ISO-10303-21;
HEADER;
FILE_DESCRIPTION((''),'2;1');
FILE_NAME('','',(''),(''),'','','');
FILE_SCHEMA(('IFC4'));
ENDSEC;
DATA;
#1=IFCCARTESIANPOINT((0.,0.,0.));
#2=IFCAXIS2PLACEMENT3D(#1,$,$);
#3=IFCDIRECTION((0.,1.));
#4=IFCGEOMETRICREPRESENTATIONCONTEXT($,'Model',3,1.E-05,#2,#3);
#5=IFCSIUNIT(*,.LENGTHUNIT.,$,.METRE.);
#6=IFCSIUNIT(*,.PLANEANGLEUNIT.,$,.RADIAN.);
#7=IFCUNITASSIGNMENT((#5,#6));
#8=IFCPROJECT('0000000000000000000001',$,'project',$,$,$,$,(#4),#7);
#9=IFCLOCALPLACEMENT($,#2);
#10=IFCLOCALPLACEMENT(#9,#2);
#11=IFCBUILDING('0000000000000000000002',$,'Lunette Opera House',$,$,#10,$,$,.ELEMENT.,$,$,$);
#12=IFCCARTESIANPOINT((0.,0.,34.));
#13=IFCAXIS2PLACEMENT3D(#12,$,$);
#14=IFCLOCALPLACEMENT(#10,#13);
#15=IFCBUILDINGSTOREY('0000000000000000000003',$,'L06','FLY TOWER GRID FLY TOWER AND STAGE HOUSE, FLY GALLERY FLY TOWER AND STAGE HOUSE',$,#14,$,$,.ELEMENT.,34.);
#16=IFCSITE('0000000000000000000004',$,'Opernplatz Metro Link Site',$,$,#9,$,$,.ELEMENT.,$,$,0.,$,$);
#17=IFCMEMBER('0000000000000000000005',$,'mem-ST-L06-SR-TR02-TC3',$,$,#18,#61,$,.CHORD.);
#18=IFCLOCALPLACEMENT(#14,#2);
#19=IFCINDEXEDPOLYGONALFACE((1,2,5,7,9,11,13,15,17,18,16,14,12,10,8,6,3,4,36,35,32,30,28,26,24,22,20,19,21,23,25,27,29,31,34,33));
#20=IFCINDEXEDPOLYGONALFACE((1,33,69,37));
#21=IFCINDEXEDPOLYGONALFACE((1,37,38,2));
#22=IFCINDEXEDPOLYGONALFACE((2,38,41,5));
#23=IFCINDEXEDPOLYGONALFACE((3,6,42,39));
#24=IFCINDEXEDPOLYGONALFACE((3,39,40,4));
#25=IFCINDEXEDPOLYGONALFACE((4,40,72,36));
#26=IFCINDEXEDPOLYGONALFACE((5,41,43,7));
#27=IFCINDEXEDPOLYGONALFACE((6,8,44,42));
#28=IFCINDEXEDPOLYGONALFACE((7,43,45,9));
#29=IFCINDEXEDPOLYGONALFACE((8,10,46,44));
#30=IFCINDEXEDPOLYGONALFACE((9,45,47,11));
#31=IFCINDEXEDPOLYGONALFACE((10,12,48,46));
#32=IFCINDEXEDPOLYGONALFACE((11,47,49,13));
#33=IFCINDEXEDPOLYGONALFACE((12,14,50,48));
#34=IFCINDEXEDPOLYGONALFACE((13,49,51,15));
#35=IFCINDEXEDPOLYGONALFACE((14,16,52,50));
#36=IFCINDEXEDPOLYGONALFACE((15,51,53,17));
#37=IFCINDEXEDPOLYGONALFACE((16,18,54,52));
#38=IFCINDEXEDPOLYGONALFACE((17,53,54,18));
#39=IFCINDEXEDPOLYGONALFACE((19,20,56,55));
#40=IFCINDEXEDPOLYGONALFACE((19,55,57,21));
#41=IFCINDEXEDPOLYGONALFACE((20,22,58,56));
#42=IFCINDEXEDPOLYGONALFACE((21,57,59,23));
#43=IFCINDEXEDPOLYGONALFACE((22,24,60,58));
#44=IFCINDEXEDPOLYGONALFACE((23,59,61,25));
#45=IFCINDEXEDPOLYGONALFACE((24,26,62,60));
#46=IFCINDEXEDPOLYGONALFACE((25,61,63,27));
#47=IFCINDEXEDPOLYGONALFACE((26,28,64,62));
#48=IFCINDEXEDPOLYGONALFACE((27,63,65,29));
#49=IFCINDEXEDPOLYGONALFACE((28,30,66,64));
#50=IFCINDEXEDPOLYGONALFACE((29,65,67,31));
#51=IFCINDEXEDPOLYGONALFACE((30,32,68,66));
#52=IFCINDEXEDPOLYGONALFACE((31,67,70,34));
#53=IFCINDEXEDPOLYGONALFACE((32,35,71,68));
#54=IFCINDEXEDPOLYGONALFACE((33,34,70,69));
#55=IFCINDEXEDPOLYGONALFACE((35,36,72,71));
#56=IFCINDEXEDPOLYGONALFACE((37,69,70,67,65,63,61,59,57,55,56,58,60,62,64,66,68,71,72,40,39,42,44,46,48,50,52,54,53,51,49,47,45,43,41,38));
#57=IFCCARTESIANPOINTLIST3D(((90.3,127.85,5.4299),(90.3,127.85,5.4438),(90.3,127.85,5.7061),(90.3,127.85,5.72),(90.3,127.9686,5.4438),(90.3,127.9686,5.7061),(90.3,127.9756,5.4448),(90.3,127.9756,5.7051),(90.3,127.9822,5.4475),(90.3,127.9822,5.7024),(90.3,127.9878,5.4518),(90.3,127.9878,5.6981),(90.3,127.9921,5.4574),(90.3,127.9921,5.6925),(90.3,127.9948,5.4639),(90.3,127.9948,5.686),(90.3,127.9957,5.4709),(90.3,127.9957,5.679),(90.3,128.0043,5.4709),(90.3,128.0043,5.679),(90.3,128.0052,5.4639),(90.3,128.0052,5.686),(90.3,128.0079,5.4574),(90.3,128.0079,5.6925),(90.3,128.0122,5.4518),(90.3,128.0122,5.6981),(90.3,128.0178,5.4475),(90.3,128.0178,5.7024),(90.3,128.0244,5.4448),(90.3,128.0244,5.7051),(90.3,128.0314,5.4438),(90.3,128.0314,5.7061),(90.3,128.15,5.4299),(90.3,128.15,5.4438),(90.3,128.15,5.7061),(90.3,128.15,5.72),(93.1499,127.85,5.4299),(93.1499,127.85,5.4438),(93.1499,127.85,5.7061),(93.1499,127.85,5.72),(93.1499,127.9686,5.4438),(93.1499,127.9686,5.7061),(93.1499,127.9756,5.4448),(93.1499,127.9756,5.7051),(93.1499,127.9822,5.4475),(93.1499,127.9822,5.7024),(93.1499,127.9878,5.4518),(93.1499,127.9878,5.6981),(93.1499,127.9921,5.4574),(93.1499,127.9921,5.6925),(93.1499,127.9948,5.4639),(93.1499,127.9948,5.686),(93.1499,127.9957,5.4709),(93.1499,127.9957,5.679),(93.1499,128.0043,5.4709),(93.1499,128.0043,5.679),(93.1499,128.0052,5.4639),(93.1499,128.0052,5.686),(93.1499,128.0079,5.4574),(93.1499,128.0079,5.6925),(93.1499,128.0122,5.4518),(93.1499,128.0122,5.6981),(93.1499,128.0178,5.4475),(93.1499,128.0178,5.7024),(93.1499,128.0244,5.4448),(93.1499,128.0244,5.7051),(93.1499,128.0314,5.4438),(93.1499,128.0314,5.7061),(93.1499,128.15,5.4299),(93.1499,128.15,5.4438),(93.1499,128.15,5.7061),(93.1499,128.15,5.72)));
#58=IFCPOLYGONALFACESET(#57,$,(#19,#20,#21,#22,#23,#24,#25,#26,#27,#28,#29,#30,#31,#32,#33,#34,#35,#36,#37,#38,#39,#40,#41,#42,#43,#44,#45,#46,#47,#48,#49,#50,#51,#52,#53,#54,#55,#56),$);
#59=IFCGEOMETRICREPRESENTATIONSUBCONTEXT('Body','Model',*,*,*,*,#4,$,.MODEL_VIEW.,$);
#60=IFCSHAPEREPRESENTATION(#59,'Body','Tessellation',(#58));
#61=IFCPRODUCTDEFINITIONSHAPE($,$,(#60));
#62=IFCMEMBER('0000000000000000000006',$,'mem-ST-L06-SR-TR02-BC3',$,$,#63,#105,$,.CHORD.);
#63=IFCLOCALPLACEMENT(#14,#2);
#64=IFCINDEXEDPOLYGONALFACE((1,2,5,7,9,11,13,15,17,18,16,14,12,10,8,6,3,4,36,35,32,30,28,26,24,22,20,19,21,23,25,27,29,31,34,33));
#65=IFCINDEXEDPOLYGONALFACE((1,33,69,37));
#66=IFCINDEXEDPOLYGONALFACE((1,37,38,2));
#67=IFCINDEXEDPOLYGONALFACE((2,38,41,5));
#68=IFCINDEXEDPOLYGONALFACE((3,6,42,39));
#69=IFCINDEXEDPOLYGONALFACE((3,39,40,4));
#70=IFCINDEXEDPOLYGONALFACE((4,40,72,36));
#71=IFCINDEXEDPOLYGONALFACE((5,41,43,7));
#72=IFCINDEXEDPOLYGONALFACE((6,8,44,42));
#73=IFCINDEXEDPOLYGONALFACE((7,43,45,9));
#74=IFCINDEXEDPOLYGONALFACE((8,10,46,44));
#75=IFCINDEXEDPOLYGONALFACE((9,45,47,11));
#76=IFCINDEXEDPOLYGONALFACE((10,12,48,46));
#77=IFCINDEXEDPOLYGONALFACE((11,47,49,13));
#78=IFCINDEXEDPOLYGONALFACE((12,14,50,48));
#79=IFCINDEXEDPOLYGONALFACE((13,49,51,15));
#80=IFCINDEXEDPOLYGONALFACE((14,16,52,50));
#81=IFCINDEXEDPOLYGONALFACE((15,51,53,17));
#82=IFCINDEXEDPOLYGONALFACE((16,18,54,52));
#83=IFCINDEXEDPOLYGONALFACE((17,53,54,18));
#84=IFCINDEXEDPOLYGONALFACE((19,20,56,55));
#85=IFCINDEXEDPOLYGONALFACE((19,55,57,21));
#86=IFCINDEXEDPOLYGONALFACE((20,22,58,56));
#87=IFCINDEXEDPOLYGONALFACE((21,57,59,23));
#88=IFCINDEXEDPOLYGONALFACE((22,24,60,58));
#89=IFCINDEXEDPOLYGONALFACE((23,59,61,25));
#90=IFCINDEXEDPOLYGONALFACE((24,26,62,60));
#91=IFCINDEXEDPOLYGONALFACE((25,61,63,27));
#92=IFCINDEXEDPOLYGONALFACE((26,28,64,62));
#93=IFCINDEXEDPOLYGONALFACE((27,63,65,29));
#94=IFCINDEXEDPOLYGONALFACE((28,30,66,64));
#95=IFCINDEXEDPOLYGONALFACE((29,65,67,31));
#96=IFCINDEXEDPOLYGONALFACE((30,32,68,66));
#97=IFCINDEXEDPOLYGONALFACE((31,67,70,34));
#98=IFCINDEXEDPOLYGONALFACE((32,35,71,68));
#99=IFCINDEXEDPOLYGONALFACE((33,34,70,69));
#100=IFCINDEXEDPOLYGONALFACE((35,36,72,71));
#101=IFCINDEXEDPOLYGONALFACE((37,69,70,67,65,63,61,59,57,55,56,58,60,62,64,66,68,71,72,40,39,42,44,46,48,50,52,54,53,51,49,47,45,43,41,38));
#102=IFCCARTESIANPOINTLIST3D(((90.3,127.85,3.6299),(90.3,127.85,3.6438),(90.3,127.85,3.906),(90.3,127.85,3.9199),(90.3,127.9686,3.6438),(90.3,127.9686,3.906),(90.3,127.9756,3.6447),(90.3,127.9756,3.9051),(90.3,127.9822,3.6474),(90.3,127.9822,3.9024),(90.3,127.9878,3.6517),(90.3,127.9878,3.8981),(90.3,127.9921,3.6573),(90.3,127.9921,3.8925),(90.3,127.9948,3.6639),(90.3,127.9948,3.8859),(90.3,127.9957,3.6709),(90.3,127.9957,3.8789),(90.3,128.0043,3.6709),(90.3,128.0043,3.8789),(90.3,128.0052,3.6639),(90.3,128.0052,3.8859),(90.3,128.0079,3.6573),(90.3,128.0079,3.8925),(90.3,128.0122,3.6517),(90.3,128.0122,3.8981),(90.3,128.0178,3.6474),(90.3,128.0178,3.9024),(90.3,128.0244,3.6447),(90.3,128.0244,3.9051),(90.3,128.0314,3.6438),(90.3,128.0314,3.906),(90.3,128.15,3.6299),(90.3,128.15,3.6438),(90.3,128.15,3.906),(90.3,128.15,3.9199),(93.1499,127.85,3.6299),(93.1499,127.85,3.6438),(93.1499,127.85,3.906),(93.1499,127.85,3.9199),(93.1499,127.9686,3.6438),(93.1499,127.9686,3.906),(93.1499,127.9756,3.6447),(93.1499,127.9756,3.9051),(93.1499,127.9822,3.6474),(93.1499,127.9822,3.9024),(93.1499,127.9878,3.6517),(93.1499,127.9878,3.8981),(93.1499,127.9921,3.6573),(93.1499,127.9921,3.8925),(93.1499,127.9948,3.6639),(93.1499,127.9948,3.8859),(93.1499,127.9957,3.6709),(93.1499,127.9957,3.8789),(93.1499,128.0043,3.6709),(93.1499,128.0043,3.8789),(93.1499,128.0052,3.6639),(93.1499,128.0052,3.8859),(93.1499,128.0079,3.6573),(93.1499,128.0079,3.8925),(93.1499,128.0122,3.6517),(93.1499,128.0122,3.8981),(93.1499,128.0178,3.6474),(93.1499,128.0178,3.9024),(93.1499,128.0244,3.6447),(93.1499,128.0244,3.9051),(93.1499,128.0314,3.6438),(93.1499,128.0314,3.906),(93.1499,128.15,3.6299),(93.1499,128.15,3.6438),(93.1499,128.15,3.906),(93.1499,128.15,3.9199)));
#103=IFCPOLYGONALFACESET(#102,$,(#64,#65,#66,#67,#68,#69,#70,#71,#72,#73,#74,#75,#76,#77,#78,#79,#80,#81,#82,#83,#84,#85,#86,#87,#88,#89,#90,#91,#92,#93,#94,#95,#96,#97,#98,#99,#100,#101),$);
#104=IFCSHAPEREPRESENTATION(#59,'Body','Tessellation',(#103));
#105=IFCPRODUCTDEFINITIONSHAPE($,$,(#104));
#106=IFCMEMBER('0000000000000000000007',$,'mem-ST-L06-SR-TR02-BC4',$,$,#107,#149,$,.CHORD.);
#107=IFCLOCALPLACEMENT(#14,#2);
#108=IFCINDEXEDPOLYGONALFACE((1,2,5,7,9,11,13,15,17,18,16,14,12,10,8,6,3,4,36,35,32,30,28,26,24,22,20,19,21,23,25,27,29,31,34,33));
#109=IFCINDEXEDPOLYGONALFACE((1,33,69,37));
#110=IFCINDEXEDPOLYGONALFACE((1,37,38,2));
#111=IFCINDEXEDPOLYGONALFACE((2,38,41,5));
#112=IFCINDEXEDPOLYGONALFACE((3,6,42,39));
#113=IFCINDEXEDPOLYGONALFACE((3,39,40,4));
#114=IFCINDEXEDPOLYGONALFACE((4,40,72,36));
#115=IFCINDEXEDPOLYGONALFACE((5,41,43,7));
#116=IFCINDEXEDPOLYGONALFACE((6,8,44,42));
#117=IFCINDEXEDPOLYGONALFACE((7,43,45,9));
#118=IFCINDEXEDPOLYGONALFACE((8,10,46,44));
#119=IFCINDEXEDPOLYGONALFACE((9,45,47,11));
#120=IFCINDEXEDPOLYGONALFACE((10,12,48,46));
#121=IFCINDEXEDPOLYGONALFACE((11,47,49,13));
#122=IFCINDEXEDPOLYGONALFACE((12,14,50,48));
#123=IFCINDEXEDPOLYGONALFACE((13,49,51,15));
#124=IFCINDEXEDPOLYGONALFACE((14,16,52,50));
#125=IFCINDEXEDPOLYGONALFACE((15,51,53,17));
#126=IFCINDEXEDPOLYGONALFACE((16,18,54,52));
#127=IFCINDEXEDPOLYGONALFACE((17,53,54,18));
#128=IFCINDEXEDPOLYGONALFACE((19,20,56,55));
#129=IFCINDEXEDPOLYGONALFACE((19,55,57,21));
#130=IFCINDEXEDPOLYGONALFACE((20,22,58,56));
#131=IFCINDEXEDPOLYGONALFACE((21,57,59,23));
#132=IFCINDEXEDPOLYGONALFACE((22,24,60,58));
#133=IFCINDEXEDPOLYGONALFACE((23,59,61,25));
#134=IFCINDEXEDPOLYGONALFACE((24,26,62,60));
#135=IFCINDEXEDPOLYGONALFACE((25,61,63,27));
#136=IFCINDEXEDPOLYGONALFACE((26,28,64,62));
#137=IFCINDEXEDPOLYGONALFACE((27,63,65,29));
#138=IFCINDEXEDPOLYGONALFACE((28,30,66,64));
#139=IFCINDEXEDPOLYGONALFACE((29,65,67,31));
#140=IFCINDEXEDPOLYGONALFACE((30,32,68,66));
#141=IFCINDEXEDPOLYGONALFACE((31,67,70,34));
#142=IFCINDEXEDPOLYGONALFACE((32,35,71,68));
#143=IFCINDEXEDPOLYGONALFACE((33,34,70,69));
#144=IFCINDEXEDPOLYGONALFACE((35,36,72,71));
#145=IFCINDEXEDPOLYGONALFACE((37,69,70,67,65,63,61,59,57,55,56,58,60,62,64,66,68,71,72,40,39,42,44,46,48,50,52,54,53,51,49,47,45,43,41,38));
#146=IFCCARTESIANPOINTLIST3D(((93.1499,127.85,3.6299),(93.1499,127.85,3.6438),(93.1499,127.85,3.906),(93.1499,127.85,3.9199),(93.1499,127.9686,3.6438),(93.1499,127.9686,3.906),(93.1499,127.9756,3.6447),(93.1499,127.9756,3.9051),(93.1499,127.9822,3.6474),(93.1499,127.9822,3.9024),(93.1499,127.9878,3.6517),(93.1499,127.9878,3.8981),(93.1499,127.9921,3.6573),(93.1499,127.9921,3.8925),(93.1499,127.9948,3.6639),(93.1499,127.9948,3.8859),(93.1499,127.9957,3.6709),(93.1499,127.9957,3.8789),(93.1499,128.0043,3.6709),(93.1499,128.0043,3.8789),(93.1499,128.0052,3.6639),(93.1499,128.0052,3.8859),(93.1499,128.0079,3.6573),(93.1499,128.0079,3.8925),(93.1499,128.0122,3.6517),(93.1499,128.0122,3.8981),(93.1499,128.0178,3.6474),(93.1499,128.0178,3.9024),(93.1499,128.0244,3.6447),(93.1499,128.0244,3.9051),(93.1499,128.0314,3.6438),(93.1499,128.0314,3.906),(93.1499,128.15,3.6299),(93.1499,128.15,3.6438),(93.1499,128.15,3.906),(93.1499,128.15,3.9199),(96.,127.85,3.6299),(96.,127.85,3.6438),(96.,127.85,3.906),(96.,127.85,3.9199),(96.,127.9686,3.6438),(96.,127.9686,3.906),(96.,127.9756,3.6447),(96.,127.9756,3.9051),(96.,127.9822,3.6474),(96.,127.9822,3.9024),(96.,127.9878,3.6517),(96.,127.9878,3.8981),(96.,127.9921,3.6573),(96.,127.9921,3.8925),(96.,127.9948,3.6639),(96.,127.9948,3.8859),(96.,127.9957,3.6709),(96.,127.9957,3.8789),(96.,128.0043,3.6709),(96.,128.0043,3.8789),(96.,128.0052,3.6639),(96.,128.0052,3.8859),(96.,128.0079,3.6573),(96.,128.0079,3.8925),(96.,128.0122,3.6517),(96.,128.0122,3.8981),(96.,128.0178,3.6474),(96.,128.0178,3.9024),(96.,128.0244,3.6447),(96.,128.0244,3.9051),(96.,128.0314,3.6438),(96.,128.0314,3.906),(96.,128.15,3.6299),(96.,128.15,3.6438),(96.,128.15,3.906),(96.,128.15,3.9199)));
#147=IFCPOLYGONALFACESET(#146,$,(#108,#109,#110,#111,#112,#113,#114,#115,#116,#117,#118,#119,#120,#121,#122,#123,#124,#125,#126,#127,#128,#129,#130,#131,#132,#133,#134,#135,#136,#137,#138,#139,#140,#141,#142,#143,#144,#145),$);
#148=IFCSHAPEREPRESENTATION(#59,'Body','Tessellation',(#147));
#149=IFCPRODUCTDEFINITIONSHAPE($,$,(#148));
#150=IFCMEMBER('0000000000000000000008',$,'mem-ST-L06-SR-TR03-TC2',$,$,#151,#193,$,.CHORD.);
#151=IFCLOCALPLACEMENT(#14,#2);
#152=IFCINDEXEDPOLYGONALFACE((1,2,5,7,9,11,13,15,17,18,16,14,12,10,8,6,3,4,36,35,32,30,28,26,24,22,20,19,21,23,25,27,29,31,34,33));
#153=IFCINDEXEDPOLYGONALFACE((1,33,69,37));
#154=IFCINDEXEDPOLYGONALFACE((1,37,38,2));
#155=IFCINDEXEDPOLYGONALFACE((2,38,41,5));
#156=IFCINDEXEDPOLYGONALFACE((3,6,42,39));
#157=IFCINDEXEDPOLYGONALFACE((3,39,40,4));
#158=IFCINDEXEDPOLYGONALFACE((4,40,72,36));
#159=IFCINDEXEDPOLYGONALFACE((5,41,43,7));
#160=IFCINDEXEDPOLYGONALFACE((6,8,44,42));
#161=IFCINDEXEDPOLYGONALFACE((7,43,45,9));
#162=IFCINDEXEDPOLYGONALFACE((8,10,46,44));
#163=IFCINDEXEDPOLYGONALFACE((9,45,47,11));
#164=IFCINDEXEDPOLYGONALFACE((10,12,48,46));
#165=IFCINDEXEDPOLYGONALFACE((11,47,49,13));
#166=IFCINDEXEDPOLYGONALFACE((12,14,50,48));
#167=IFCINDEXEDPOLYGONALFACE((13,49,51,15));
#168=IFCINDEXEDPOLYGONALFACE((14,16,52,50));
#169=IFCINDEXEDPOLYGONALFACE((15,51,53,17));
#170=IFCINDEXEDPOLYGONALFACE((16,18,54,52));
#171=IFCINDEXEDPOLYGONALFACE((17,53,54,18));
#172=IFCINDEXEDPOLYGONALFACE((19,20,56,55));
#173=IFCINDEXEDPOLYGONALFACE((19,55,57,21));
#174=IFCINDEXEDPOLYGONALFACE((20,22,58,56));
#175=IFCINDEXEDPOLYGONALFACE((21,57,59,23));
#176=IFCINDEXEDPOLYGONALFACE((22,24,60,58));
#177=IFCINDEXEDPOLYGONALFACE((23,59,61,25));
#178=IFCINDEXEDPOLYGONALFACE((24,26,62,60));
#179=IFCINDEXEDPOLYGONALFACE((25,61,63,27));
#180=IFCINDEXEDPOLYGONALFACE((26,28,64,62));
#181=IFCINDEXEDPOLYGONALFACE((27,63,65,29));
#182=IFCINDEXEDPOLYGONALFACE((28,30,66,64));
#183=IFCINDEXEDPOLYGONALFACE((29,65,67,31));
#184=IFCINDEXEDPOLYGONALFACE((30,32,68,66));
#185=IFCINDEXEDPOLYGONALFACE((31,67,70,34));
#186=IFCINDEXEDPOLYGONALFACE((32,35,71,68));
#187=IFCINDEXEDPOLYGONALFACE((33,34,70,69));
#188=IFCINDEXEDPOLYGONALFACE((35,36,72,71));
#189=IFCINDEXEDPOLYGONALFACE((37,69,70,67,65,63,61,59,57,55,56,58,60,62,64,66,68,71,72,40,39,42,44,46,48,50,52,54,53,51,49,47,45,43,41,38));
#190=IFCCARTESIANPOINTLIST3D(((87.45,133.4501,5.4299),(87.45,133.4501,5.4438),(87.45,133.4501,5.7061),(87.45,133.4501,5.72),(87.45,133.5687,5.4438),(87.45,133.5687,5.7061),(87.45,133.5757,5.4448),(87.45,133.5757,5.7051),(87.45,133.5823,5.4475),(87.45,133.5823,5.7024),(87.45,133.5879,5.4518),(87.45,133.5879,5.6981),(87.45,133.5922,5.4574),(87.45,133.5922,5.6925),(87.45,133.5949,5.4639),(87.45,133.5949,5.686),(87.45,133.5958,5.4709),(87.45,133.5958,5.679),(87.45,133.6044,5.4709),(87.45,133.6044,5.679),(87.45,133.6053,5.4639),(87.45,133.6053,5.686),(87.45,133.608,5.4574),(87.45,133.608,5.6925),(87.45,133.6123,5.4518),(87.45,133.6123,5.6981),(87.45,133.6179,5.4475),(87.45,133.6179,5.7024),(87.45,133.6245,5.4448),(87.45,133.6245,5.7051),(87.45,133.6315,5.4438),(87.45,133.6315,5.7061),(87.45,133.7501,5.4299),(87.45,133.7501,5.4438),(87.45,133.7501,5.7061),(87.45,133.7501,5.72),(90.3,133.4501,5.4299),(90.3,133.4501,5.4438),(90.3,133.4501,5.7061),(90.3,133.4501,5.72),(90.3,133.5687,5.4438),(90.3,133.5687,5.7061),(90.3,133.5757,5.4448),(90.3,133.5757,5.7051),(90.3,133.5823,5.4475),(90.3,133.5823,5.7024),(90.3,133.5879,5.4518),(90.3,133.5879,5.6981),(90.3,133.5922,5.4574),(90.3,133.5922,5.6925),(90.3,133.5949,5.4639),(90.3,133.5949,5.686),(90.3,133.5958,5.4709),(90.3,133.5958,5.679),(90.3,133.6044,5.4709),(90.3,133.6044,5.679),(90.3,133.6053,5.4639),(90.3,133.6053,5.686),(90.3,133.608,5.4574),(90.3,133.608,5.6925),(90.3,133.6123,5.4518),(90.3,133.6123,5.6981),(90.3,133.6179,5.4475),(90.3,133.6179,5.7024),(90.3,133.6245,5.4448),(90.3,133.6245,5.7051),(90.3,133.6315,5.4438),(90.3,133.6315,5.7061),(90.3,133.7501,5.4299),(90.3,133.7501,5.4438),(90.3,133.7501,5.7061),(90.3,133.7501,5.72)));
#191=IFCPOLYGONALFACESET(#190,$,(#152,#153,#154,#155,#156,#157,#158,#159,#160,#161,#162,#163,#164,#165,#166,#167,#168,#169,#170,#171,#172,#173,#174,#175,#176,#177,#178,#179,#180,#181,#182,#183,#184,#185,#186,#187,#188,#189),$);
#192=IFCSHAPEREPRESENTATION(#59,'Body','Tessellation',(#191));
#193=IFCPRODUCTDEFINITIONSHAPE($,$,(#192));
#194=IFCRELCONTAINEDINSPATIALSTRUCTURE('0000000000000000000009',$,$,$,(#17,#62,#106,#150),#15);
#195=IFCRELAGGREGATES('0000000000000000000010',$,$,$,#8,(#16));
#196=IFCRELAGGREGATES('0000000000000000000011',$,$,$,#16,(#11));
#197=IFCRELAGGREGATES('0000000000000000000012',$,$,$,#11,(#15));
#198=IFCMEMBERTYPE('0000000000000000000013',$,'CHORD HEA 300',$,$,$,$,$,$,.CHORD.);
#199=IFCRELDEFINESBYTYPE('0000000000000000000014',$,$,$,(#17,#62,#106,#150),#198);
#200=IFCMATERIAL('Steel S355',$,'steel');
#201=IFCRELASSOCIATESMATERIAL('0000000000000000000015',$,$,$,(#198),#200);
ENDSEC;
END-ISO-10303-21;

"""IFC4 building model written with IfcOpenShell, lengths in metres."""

from ifc_helpers import new_model, si_unit, direction, frame, origin, origin_2d, place, context, subcontext, project, spatial, i_section, extrude, material, material_profile, profile_set, type_object, element, save


model = new_model("IFC4")

# Units and contexts
model_context = context("Model", 3, precision=1e-05, world=origin(), true_north=direction((0.0, 1.0)))
body_context = subcontext(model_context, "Body", "Model", "MODEL_VIEW")
ifc_project = project(units=[si_unit("LENGTHUNIT", "METRE"), si_unit("PLANEANGLEUNIT", "RADIAN")], contexts=[model_context])

# Site, building, storey
site_placement = place(None, origin())
site = spatial("IfcSite", under=ifc_project, at=site_placement, Name="Opernplatz Metro Link Site", CompositionType="ELEMENT", RefElevation=0.0)
building_placement = place(site_placement, origin())
building = spatial("IfcBuilding", under=site, at=building_placement, Name="Lunette Opera House", CompositionType="ELEMENT")
storey_placement = place(building_placement, frame((0.0, 0.0, 34.0)))
storey = spatial("IfcBuildingStorey", under=building, at=storey_placement, Name="L06", Description="FLY TOWER GRID FLY TOWER AND STAGE HOUSE, FLY GALLERY FLY TOWER AND STAGE HOUSE", CompositionType="ELEMENT", Elevation=34.0)

# Members
ifc_material_1 = material(Name="Steel S355", Category="steel")
ifc_material_profile_1 = material_profile(ifc_material_1, i_section(OverallWidth=0.3, OverallDepth=0.29, WebThickness=0.0085, FlangeThickness=0.0139, FilletRadius=0.0271, at=origin_2d()), Name="HEA 300")
ifc_profile_set_1 = profile_set([ifc_material_profile_1], Name="Steel S355")
member_type_1 = type_object("IfcMemberType", Name="CHORD HEA 300", PredefinedType="CHORD", material=ifc_profile_set_1)
for number, where, z_axis, x_axis, name in (
    (1, (90.3, 128.0, 5.575), (1.0, 0.0, 0.0), (0.0, 1.0, 0.0), "mem-ST-L06-SR-TR02-TC3"),
    (2, (90.3, 128.0, 3.7749), (1.0, 0.0, 0.0), (0.0, 1.0, 0.0), "mem-ST-L06-SR-TR02-BC3"),
):
    element("IfcMember", number, at=place(storey_placement, frame(where, z_axis=z_axis, x_axis=x_axis)), inside=storey, type_object=member_type_1, Name=name, PredefinedType="CHORD", context=body_context, shape_type="SweptSolid", body=[
        extrude(i_section(OverallWidth=0.3, OverallDepth=0.29, WebThickness=0.0085, FlangeThickness=0.0139, FilletRadius=0.0271, at=origin_2d()), origin(), (0.0, 0.0, 1.0), 2.8499),
    ])
for number, where, z_axis, x_axis, name in (
    (3, (93.1499, 128.0, 3.7749), (1.0, 0.0, 0.0), (0.0, 1.0, 0.0), "mem-ST-L06-SR-TR02-BC4"),
    (4, (87.45, 133.6001, 5.575), (1.0, 0.0, 0.0), (0.0, 1.0, 0.0), "mem-ST-L06-SR-TR03-TC2"),
):
    element("IfcMember", number, at=place(storey_placement, frame(where, z_axis=z_axis, x_axis=x_axis)), inside=storey, type_object=member_type_1, Name=name, PredefinedType="CHORD", context=body_context, shape_type="SweptSolid", body=[
        extrude(i_section(OverallWidth=0.3, OverallDepth=0.29, WebThickness=0.0085, FlangeThickness=0.0139, FilletRadius=0.0271, at=origin_2d()), origin(), (0.0, 0.0, 1.0), 2.8501),
    ])

save(model, "model.ifc")
